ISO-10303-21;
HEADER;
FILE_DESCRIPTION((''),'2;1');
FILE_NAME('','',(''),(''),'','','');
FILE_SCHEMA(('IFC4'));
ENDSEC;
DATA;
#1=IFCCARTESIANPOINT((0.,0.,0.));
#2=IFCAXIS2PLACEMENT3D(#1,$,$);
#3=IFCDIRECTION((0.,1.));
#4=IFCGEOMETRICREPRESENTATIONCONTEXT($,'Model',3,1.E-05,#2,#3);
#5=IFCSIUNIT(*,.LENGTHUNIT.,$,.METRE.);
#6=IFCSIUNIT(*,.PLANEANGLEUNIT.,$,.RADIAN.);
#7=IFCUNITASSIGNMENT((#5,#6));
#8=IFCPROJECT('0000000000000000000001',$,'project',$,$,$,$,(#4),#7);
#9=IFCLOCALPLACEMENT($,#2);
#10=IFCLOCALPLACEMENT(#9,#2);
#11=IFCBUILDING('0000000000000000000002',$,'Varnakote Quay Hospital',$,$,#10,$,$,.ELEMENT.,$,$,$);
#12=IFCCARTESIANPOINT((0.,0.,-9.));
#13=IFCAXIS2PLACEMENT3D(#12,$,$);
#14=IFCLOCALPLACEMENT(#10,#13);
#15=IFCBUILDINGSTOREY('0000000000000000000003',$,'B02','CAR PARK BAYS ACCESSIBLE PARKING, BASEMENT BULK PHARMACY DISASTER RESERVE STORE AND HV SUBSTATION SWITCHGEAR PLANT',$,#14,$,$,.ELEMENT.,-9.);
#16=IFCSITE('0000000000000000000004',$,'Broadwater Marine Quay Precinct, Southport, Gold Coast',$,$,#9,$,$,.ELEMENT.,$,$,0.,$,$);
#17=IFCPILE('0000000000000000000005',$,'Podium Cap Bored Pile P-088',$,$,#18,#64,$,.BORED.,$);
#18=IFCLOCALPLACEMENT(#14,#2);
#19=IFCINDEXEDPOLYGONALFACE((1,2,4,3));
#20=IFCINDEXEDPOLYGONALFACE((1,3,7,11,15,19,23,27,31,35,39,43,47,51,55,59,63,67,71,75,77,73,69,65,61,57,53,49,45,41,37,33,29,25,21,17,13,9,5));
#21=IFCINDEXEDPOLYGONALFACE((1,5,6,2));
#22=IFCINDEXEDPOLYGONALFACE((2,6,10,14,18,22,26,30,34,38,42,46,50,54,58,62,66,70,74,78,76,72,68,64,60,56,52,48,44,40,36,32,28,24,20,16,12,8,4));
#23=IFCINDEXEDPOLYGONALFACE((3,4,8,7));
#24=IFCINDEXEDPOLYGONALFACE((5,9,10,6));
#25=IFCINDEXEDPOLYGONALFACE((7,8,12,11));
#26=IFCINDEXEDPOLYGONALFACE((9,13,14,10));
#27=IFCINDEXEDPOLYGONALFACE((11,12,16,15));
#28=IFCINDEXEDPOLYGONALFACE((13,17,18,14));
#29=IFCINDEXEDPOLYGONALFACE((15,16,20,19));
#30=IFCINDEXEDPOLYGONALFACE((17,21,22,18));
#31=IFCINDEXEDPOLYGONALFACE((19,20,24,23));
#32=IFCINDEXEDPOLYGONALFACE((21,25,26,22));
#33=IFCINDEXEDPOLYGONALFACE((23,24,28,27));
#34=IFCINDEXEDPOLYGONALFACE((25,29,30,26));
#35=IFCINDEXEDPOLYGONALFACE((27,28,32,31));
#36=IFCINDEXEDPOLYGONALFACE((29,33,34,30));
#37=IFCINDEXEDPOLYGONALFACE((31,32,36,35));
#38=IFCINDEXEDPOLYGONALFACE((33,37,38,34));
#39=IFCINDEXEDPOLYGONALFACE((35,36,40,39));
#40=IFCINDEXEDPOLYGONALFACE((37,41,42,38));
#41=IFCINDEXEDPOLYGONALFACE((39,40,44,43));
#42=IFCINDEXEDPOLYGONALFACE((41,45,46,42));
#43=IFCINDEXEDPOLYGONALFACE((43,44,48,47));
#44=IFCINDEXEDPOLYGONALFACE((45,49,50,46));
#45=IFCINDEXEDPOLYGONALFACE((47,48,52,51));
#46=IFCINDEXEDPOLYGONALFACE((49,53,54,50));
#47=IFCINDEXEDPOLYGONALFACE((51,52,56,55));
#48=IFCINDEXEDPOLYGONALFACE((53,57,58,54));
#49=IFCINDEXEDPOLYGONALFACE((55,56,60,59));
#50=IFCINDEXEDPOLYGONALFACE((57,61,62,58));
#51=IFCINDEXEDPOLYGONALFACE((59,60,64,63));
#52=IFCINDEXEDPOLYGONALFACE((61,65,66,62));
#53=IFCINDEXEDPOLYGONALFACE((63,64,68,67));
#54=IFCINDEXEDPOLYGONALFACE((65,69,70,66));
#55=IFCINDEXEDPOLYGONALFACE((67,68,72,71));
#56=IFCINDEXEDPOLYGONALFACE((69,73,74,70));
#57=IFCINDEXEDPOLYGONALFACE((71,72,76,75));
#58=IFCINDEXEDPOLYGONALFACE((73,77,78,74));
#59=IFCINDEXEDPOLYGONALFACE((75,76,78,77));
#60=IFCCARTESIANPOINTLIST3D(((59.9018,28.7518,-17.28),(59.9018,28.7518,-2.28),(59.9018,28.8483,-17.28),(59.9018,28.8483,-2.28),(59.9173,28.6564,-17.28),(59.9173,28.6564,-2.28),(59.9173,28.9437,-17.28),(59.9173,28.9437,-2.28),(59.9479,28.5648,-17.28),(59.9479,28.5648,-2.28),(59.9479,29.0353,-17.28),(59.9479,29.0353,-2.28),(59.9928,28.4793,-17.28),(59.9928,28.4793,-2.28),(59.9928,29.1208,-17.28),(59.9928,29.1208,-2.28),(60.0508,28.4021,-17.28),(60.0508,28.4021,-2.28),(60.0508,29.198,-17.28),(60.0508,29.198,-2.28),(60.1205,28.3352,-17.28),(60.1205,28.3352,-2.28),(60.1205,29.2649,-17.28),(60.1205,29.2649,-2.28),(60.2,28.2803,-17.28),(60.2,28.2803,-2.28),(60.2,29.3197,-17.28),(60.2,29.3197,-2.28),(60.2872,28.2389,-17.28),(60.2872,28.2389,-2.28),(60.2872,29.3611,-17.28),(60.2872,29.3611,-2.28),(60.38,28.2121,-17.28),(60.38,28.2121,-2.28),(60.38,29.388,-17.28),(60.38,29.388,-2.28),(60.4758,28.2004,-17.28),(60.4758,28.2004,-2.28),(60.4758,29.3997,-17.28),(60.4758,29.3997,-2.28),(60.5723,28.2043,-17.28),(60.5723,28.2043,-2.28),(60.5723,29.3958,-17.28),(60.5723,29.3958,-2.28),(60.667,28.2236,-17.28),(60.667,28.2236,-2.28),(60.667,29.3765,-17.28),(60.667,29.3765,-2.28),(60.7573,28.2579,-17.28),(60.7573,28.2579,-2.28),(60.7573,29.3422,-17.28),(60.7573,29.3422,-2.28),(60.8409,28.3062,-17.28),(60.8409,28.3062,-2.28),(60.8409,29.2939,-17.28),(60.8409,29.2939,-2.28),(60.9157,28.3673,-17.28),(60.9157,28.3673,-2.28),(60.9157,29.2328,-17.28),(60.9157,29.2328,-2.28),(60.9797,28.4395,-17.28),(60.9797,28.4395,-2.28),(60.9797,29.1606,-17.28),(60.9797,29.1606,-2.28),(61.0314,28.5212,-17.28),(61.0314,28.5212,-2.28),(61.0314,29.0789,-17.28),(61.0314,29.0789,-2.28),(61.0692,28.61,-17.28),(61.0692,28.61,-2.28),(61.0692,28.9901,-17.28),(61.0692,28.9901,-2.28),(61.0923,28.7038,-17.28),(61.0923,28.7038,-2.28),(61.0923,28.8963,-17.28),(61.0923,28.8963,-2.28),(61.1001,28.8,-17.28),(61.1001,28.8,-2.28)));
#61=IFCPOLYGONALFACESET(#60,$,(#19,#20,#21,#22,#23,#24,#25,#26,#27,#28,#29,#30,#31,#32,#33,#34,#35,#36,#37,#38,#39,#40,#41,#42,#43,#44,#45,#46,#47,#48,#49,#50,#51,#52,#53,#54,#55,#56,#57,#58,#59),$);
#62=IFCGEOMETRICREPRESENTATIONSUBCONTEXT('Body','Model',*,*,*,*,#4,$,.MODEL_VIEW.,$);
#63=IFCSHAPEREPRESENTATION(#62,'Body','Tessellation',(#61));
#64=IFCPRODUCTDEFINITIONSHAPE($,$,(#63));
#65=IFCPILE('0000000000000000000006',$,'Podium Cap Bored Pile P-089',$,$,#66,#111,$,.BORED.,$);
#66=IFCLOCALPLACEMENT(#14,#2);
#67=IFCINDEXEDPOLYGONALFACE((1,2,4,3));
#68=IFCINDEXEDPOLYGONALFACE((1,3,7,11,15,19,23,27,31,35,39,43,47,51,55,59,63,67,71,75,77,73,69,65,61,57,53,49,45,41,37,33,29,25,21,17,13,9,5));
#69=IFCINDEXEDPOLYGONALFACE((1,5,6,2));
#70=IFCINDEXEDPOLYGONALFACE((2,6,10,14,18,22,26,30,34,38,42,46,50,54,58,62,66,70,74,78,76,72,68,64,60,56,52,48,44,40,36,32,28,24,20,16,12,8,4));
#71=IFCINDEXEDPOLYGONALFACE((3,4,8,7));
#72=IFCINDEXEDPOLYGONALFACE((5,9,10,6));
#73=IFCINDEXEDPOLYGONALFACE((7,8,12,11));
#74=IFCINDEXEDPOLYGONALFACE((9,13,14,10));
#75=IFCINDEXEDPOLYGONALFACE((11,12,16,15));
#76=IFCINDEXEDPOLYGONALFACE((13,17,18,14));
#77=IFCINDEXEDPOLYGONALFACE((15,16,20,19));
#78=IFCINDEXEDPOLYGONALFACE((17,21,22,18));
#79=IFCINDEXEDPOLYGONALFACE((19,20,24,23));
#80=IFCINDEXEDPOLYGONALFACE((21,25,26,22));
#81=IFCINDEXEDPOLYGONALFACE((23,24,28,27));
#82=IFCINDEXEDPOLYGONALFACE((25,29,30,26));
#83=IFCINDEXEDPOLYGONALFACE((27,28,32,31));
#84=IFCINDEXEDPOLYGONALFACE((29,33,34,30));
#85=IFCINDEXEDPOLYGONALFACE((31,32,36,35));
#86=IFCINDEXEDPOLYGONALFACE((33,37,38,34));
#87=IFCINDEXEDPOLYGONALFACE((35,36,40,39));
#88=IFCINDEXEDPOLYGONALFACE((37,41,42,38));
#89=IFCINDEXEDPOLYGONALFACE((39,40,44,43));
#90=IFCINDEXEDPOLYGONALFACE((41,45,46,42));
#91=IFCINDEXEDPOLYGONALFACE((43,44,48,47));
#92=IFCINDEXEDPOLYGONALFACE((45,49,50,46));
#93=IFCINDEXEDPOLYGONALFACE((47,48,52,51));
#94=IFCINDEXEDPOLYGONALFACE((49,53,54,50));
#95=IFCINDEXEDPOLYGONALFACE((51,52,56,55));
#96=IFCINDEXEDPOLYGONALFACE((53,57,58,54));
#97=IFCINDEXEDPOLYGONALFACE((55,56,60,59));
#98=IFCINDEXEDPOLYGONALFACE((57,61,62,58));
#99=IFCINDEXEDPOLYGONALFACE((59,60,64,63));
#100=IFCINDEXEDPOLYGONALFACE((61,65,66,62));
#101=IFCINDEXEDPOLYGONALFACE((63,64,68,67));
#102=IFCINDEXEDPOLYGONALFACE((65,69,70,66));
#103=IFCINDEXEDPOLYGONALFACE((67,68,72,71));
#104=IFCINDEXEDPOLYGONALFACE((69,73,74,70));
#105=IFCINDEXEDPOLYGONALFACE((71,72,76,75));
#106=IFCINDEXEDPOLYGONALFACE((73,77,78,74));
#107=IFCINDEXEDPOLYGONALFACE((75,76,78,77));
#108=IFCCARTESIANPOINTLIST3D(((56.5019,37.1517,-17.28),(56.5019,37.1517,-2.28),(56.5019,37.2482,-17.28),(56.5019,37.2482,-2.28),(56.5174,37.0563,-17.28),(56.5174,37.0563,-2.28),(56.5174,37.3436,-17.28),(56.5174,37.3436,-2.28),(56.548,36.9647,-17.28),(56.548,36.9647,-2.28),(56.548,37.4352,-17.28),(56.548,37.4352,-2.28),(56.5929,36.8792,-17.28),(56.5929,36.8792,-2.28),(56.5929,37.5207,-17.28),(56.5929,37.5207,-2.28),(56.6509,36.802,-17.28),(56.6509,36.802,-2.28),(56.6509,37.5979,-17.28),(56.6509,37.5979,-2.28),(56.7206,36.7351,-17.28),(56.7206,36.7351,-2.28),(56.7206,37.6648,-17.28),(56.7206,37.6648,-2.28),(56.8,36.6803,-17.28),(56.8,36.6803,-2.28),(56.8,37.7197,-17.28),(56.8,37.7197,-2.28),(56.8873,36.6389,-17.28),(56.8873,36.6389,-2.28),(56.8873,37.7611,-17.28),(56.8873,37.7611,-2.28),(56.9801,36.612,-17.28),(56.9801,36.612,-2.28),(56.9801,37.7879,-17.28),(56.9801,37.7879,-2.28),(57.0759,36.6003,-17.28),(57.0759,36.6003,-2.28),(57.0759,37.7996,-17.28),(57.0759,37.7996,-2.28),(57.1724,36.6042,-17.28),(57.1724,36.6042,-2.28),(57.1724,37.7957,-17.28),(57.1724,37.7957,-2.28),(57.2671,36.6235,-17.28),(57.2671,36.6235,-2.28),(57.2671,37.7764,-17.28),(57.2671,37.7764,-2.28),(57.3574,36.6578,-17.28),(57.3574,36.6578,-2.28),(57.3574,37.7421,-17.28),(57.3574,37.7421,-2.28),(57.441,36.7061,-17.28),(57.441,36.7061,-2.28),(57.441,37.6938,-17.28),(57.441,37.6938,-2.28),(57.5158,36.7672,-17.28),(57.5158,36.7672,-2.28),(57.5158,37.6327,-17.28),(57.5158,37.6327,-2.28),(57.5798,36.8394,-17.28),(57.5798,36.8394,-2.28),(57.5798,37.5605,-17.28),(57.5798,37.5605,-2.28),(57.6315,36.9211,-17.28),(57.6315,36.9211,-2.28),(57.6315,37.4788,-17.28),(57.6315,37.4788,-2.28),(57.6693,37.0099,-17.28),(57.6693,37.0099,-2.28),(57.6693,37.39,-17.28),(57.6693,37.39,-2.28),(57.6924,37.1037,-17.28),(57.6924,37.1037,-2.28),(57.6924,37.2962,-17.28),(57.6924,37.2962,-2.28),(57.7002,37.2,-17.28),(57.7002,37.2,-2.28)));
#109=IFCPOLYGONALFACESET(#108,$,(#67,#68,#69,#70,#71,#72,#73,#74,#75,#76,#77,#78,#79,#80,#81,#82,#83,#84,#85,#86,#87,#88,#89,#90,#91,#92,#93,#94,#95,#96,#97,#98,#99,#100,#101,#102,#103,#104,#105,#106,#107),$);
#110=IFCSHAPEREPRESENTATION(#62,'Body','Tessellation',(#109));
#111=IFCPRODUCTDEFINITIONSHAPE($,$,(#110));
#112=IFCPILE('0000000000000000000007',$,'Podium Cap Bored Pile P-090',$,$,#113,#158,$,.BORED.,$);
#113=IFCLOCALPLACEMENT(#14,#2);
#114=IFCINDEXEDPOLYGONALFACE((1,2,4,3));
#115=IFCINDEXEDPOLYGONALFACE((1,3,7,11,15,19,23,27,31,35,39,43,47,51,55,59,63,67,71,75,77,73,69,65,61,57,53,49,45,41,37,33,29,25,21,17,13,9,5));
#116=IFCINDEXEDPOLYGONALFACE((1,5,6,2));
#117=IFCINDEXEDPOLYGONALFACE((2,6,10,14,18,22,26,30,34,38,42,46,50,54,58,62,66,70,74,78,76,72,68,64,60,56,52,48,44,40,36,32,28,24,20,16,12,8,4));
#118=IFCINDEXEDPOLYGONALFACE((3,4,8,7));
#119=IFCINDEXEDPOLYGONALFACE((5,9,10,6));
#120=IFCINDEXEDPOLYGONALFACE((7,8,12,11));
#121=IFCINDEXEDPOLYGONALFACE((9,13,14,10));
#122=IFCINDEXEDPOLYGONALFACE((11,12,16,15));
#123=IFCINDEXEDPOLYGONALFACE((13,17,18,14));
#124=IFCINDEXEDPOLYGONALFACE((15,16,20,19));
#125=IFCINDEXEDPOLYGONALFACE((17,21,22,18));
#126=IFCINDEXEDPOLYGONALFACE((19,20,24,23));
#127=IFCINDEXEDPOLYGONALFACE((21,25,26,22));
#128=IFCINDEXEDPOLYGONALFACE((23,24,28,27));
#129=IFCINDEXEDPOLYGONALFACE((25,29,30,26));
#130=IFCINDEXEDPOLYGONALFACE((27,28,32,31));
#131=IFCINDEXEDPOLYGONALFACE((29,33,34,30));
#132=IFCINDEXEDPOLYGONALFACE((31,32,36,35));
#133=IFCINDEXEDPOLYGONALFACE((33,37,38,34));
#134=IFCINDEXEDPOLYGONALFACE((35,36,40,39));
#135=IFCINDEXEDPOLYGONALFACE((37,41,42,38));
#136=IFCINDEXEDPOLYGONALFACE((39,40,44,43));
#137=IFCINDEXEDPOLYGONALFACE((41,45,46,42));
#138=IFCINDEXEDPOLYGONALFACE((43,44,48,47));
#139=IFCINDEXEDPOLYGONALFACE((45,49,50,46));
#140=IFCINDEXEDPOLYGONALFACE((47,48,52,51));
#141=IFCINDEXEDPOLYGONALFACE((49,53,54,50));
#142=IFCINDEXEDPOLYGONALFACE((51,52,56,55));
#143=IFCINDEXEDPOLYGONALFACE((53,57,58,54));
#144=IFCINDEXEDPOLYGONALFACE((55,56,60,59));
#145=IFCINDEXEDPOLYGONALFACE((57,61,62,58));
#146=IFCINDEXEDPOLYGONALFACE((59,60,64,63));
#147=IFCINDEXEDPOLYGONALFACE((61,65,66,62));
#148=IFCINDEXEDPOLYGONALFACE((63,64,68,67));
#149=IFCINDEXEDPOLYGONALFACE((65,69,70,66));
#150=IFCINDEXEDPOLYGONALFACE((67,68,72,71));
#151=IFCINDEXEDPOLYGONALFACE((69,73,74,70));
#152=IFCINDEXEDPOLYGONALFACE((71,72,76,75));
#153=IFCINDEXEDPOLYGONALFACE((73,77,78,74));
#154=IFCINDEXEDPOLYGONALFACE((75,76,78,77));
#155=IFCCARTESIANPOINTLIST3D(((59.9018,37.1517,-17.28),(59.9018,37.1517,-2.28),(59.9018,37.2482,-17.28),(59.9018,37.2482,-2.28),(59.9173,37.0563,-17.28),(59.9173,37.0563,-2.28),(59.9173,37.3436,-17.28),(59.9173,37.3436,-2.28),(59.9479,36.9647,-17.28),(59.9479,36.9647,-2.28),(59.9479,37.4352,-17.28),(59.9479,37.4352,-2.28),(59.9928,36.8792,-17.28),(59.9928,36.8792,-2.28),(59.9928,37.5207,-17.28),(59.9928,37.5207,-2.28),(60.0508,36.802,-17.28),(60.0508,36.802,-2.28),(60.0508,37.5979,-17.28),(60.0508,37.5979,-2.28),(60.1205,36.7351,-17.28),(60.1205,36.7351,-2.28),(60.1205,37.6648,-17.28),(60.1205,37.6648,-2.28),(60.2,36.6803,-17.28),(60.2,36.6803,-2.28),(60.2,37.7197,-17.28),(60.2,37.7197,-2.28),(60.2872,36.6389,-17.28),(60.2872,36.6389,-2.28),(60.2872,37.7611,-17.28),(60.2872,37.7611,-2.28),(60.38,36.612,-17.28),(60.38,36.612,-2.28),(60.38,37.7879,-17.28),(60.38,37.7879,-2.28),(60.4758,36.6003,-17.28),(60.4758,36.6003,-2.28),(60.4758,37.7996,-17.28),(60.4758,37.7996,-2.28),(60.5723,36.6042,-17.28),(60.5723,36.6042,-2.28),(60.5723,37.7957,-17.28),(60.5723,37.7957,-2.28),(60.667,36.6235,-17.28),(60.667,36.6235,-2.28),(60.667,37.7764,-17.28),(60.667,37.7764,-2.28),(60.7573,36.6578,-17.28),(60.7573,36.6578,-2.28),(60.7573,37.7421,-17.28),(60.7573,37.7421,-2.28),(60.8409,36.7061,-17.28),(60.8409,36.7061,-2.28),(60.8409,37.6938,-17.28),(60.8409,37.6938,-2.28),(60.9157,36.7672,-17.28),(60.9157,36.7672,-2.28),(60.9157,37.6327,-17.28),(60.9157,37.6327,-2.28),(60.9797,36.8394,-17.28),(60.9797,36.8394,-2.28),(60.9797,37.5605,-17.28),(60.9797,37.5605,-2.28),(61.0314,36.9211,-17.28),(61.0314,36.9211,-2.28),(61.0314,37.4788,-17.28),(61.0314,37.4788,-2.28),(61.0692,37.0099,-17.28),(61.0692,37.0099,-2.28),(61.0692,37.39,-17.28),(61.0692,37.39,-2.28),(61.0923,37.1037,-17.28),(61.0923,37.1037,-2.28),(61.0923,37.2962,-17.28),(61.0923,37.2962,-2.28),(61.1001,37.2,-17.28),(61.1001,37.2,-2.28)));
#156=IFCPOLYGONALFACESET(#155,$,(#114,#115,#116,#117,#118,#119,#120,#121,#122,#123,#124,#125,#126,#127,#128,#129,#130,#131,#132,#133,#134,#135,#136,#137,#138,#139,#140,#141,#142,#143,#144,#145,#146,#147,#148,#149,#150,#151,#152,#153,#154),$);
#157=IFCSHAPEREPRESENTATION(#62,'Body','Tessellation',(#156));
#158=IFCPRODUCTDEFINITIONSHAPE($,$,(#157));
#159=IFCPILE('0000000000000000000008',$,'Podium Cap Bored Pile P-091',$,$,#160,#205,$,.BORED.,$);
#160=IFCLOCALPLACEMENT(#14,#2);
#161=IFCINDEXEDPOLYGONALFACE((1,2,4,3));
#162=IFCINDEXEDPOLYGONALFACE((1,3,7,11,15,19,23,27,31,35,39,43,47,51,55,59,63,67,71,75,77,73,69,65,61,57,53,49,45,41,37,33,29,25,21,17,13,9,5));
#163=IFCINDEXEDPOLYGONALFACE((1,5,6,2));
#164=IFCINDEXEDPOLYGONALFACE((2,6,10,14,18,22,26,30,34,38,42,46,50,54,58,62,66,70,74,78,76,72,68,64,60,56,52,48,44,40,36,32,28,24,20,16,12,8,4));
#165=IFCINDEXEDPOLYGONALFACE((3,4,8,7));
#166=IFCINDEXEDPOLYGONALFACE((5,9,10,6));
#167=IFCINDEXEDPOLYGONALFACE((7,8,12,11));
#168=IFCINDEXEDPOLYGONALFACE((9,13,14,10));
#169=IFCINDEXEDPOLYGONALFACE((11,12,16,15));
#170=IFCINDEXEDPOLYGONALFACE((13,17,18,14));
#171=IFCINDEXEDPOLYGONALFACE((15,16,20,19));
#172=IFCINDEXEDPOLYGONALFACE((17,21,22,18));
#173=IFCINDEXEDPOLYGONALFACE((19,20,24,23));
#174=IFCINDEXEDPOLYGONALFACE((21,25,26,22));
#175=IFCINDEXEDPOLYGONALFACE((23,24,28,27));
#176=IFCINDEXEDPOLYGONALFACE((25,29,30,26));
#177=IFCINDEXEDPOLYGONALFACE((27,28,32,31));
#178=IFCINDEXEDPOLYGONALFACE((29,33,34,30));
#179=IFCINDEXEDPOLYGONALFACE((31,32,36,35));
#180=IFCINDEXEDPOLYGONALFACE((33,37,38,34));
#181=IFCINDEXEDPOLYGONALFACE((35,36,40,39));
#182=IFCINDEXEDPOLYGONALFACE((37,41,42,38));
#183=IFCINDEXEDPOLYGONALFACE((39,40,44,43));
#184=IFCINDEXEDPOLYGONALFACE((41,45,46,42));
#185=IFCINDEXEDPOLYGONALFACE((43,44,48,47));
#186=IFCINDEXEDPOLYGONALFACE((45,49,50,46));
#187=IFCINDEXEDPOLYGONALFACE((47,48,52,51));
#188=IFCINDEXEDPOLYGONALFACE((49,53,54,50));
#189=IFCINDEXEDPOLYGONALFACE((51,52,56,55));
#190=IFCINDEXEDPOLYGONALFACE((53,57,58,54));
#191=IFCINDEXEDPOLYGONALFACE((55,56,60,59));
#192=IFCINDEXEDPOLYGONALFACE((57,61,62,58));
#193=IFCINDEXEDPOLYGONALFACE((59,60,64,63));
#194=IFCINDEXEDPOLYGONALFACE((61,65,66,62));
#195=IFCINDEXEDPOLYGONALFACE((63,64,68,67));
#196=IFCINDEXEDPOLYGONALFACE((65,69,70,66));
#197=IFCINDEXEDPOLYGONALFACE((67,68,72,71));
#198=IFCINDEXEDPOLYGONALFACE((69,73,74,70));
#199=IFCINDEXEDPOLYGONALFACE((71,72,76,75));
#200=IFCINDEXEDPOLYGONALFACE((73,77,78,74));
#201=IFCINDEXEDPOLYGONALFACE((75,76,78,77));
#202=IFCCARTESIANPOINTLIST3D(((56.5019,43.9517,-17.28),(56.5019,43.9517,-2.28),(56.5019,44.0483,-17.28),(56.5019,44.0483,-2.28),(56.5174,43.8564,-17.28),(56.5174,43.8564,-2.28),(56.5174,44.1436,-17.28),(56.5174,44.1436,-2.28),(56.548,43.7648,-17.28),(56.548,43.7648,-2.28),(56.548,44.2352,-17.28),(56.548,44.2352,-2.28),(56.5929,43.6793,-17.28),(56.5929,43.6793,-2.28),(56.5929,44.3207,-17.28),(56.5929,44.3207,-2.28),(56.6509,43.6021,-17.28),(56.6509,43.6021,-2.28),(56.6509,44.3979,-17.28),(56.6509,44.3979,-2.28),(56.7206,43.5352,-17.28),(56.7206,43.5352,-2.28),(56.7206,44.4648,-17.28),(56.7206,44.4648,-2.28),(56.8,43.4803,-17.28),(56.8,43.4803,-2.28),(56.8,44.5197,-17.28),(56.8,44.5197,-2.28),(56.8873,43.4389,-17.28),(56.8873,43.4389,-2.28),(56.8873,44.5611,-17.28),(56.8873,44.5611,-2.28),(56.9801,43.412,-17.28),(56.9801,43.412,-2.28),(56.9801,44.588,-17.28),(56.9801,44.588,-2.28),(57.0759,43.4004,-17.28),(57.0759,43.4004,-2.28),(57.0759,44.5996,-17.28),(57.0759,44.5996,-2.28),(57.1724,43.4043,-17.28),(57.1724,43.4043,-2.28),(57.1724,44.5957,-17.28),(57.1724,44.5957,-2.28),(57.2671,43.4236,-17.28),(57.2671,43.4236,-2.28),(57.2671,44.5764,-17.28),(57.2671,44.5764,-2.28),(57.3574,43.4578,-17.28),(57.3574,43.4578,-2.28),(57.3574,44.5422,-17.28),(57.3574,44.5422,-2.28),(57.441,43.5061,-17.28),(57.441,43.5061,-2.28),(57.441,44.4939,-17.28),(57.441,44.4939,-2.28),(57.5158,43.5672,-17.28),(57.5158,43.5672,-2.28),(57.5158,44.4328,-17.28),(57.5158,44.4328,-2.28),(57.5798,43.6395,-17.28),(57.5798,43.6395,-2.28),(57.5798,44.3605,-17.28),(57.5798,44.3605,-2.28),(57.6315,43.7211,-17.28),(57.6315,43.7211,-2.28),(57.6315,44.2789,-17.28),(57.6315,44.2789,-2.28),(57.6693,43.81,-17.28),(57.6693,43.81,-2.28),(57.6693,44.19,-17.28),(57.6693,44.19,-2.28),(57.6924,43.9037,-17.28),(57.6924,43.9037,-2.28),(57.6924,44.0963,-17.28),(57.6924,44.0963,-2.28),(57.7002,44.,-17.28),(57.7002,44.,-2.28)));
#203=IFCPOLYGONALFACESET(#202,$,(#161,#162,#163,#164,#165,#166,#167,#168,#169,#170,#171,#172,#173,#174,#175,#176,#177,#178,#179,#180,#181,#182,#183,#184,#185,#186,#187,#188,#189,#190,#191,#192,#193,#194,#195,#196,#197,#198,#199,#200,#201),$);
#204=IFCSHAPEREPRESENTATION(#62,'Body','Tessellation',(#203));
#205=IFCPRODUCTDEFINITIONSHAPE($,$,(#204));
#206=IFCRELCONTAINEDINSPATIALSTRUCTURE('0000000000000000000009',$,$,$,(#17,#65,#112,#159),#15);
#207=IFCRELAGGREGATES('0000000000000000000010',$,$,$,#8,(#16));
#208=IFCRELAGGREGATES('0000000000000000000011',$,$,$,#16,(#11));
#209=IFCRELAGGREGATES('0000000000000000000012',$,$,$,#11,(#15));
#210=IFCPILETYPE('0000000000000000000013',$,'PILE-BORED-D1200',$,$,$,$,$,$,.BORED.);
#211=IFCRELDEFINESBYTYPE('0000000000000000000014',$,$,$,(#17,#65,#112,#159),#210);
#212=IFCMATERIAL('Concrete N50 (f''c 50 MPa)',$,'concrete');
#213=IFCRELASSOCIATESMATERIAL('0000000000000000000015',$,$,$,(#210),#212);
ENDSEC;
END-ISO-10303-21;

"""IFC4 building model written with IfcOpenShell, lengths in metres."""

from ifc_helpers import new_model, si_unit, direction, frame, origin, origin_2d, place, context, subcontext, project, spatial, circle, extrude, material, material_profile, profile_set, type_object, element, save


model = new_model("IFC4")

# Units and contexts
model_context = context("Model", 3, precision=1e-05, world=origin(), true_north=direction((0.0, 1.0)))
body_context = subcontext(model_context, "Body", "Model", "MODEL_VIEW")
ifc_project = project(units=[si_unit("LENGTHUNIT", "METRE"), si_unit("PLANEANGLEUNIT", "RADIAN")], contexts=[model_context])

# Site, building, storey
site_placement = place(None, origin())
site = spatial("IfcSite", under=ifc_project, at=site_placement, Name="Broadwater Marine Quay Precinct, Southport, Gold Coast", CompositionType="ELEMENT", RefElevation=0.0)
building_placement = place(site_placement, origin())
building = spatial("IfcBuilding", under=site, at=building_placement, Name="Varnakote Quay Hospital", CompositionType="ELEMENT")
storey_placement = place(building_placement, frame((0.0, 0.0, -9.0)))
storey = spatial("IfcBuildingStorey", under=building, at=storey_placement, Name="B02", Description="CAR PARK BAYS ACCESSIBLE PARKING, BASEMENT BULK PHARMACY DISASTER RESERVE STORE AND HV SUBSTATION SWITCHGEAR PLANT", CompositionType="ELEMENT", Elevation=-9.0)

# Piles
ifc_material_1 = material(Name="Concrete N50 (f'c 50 MPa)", Category="concrete")
ifc_material_profile_1 = material_profile(ifc_material_1, circle(Radius=0.6001, at=origin_2d()), Name="PILE-D1200")
ifc_profile_set_1 = profile_set([ifc_material_profile_1], Name="Concrete N50 (f'c 50 MPa)")
pile_type = type_object("IfcPileType", Name="PILE-BORED-D1200", PredefinedType="BORED", material=ifc_profile_set_1)
for number, where, z_axis, x_axis, name in (
    (1, (60.5, 28.8, -2.28), (0.0, 0.0, -1.0), (1.0, 0.0, 0.0), "Podium Cap Bored Pile P-088"),
    (2, (57.1001, 37.2, -2.28), (0.0, 0.0, -1.0), (1.0, 0.0, 0.0), "Podium Cap Bored Pile P-089"),
    (3, (60.5, 37.2, -2.28), (0.0, 0.0, -1.0), (1.0, 0.0, 0.0), "Podium Cap Bored Pile P-090"),
    (4, (57.1001, 44.0, -2.28), (0.0, 0.0, -1.0), (1.0, 0.0, 0.0), "Podium Cap Bored Pile P-091"),
):
    element("IfcPile", number, at=place(storey_placement, frame(where, z_axis=z_axis, x_axis=x_axis)), inside=storey, type_object=pile_type, Name=name, PredefinedType="BORED", context=body_context, shape_type="SweptSolid", body=[
        extrude(circle(Radius=0.6001, at=origin_2d()), origin(), (0.0, 0.0, 1.0), 15.0),
    ])

save(model, "model.ifc")
